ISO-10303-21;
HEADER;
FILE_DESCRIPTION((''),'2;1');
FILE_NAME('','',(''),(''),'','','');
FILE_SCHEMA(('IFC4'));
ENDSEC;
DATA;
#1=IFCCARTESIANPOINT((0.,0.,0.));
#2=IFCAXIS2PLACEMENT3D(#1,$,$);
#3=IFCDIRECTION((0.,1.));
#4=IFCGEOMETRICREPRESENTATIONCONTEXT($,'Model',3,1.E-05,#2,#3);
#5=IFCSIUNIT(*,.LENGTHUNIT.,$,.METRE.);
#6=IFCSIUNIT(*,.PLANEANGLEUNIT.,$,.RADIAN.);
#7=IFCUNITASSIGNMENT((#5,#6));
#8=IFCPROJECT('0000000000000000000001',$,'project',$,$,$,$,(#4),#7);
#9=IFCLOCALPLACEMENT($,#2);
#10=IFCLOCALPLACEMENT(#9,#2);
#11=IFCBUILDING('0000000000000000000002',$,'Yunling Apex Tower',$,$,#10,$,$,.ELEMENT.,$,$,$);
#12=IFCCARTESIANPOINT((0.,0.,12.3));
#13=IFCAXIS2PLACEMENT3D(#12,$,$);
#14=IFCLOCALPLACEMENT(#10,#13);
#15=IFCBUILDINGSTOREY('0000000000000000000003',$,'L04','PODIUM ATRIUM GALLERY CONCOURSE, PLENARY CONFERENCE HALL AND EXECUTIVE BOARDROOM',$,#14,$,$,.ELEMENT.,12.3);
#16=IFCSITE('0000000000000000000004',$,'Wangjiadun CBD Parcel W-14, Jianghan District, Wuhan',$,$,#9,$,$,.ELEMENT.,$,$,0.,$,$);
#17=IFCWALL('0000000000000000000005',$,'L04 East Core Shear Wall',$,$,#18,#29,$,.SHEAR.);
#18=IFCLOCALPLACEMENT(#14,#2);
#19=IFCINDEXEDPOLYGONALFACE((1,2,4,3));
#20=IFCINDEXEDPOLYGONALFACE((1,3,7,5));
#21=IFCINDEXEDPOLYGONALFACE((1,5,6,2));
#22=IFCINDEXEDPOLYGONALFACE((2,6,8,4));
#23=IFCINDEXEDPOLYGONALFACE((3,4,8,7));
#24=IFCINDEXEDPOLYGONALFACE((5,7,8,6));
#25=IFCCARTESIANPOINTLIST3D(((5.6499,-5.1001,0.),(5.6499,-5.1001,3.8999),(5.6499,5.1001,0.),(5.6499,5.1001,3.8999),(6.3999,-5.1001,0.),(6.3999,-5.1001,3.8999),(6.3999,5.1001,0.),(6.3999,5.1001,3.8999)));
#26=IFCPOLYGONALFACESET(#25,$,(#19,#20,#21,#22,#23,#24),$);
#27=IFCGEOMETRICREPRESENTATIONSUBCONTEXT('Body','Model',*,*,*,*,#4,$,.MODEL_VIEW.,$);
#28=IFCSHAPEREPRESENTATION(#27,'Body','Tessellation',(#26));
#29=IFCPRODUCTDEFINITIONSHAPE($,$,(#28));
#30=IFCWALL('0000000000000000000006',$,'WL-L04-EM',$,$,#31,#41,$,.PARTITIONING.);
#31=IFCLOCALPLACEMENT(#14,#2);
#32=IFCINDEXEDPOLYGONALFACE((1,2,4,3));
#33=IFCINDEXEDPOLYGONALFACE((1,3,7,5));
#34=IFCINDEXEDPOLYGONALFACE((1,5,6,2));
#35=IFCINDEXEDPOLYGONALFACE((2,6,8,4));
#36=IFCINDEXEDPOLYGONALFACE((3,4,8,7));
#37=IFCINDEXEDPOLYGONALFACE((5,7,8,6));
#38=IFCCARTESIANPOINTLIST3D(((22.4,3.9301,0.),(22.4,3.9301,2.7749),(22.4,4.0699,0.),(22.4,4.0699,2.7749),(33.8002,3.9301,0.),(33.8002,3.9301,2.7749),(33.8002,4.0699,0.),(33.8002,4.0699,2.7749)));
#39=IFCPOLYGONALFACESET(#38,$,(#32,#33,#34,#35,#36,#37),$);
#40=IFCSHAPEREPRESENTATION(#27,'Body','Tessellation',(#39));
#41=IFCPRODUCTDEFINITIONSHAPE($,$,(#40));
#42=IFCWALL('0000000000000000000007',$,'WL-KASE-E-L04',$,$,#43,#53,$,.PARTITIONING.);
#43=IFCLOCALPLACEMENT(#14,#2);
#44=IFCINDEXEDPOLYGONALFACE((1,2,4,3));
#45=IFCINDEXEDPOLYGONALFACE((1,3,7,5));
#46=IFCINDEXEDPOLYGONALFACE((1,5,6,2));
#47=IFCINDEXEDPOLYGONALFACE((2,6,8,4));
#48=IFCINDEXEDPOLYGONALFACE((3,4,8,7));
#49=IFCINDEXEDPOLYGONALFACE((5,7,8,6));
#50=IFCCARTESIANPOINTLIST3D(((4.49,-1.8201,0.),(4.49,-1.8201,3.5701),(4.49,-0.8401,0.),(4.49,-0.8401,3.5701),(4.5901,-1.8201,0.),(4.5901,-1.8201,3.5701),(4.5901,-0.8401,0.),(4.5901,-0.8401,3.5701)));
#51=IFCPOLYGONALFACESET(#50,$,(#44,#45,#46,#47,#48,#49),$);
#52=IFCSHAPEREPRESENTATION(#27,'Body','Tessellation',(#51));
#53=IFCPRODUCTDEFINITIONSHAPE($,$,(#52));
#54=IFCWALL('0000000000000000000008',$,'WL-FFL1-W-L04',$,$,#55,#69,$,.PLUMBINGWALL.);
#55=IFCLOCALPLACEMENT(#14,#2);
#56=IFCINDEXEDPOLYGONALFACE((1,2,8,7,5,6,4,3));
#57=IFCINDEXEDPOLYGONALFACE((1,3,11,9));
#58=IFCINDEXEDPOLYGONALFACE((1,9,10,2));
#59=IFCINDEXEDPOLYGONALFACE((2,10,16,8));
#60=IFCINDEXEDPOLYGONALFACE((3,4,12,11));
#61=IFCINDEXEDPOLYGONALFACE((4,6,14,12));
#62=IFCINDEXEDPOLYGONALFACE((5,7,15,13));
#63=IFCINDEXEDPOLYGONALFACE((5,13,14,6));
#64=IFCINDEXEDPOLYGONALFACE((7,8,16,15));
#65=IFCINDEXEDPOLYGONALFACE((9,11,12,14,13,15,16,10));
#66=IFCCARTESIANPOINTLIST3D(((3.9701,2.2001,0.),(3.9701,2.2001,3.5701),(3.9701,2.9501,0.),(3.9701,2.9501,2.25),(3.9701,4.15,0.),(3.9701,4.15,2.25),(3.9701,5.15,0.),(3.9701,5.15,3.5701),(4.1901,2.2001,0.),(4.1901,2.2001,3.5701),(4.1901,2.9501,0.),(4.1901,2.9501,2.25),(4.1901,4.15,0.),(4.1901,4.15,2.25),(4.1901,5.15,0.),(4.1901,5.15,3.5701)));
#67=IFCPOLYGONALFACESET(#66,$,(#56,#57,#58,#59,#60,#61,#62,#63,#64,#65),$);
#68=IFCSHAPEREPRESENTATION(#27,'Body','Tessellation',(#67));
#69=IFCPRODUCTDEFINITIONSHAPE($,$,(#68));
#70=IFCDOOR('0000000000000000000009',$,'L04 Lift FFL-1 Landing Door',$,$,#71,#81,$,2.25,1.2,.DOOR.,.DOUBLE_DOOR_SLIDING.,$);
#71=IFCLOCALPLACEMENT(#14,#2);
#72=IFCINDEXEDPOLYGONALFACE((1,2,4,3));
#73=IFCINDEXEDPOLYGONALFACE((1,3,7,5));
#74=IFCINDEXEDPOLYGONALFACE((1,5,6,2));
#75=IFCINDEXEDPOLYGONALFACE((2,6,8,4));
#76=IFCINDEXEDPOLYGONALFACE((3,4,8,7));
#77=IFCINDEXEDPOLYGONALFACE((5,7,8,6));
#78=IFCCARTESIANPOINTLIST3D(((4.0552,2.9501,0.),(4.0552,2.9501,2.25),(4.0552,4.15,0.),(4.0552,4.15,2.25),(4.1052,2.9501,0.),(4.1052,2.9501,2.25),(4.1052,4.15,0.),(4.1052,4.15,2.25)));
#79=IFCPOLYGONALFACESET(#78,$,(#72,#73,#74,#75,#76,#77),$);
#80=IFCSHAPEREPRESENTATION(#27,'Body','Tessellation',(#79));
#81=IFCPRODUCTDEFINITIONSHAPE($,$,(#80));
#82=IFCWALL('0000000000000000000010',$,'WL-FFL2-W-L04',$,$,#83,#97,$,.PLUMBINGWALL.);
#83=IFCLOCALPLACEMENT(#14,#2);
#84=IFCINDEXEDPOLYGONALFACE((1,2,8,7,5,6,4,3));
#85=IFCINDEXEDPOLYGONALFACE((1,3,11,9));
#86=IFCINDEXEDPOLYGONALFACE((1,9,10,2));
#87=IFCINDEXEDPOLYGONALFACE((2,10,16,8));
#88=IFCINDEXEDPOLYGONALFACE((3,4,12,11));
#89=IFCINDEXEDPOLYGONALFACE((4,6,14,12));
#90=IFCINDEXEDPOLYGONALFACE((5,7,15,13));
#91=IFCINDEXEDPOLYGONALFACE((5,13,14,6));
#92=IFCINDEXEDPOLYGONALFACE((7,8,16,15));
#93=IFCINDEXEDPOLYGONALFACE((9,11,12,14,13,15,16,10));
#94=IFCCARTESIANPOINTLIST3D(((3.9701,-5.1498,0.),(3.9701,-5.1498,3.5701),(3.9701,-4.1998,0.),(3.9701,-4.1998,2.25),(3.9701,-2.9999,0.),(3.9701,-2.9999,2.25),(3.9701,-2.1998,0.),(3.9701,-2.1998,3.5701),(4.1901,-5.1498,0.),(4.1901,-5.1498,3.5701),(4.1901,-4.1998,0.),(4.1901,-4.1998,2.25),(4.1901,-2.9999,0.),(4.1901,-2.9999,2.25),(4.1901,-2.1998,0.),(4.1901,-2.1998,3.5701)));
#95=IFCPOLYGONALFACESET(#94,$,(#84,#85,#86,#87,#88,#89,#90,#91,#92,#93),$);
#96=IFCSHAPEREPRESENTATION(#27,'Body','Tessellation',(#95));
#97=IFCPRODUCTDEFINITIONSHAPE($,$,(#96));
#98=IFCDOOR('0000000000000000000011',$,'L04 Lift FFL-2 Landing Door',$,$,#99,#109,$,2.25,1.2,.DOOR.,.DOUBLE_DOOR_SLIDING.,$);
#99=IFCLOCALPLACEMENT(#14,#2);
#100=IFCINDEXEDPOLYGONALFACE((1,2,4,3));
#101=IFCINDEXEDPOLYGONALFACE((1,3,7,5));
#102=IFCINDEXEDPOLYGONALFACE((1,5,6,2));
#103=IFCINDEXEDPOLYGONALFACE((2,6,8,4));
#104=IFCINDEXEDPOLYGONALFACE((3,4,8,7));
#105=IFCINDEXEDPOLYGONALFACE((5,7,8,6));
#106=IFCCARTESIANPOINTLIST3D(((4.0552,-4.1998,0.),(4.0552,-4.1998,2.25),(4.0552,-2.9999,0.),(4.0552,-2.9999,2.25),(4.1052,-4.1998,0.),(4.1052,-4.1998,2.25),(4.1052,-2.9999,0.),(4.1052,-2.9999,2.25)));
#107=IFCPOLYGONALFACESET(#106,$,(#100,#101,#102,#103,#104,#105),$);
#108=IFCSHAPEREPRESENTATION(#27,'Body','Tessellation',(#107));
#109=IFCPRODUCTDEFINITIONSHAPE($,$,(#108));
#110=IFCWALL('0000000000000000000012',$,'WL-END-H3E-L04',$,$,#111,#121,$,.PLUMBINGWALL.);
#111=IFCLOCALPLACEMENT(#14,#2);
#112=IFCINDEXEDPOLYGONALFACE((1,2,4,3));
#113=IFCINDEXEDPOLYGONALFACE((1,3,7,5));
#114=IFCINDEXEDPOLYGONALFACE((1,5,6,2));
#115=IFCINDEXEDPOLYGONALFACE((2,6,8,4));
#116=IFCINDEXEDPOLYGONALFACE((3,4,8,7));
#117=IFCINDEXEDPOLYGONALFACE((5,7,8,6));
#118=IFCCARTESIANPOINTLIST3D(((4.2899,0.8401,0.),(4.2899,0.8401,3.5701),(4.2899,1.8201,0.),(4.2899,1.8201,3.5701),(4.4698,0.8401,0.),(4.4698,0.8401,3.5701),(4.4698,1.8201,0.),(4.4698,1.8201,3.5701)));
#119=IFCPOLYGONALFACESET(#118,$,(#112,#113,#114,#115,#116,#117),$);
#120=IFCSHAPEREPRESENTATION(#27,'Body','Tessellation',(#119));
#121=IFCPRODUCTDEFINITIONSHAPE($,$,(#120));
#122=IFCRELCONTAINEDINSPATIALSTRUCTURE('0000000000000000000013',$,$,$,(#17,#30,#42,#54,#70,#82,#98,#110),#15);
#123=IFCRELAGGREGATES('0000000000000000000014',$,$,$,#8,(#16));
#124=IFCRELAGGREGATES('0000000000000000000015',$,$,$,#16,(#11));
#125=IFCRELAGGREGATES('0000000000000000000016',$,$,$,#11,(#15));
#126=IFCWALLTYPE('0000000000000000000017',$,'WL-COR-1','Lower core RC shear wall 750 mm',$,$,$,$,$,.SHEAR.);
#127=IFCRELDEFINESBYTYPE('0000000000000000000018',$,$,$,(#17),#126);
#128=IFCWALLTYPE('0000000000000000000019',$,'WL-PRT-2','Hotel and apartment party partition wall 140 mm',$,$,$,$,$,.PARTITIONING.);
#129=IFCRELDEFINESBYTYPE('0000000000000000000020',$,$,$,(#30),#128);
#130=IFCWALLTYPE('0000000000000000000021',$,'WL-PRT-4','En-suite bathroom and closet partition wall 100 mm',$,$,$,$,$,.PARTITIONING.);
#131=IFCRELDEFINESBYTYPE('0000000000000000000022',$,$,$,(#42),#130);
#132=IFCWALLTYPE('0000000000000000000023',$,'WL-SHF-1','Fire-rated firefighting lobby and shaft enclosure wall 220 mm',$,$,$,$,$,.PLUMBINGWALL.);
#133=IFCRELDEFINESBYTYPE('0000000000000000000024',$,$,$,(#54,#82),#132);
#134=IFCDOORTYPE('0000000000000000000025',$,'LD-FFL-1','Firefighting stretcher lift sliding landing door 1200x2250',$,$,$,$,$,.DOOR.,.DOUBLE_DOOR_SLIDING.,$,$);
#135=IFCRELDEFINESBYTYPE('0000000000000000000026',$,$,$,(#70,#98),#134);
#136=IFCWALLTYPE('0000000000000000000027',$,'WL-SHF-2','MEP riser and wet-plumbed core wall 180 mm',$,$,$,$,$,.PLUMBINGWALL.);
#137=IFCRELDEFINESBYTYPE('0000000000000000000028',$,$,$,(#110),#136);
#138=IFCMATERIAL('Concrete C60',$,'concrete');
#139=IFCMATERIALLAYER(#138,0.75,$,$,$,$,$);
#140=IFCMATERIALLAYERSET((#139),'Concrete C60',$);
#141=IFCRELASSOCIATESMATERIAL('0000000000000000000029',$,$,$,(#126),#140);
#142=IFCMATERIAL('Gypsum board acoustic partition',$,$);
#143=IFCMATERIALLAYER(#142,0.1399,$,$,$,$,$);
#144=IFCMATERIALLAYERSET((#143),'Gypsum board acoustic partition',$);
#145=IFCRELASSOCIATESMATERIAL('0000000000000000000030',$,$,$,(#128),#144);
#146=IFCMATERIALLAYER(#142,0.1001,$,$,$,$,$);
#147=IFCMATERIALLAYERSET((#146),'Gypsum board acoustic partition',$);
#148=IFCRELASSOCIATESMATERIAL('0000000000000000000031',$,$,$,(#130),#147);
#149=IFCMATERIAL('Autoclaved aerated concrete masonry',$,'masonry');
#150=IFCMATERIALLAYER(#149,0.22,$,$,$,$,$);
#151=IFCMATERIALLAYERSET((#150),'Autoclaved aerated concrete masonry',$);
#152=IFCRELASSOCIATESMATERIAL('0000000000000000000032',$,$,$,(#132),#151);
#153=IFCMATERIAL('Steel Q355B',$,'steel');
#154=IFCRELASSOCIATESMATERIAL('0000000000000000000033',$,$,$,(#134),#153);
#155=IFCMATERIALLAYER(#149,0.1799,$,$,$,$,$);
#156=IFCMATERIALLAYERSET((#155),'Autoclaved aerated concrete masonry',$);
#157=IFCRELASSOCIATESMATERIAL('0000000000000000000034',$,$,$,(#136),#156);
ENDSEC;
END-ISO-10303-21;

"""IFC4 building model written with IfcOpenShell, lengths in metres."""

from ifc_helpers import new_model, si_unit, direction, frame, frame_2d, origin, place, context, subcontext, project, spatial, rectangle, extrude, material, layer, layer_set, type_object, element, fill, save


model = new_model("IFC4")

# Units and contexts
model_context = context("Model", 3, precision=1e-05, world=origin(), true_north=direction((0.0, 1.0)))
body_context = subcontext(model_context, "Body", "Model", "MODEL_VIEW")
ifc_project = project(units=[si_unit("LENGTHUNIT", "METRE"), si_unit("PLANEANGLEUNIT", "RADIAN")], contexts=[model_context])

# Site, building, storey
site_placement = place(None, origin())
site = spatial("IfcSite", under=ifc_project, at=site_placement, Name="Wangjiadun CBD Parcel W-14, Jianghan District, Wuhan", CompositionType="ELEMENT", RefElevation=0.0)
building_placement = place(site_placement, origin())
building = spatial("IfcBuilding", under=site, at=building_placement, Name="Yunling Apex Tower", CompositionType="ELEMENT")
storey_placement = place(building_placement, frame((0.0, 0.0, 12.3)))
storey = spatial("IfcBuildingStorey", under=building, at=storey_placement, Name="L04", Description="PODIUM ATRIUM GALLERY CONCOURSE, PLENARY CONFERENCE HALL AND EXECUTIVE BOARDROOM", CompositionType="ELEMENT", Elevation=12.3)

# Shared definitions
ifc_material_1 = material(Name="Concrete C60", Category="concrete")

# Shared definitions
ifc_material_2 = material(Name="Steel Q355B", Category="steel")

# Walls
ifc_layer_1 = layer(ifc_material_1, 0.75)
ifc_layer_set_1 = layer_set([ifc_layer_1], Name="Concrete C60")
wall_type_1 = type_object("IfcWallType", Name="WL-COR-1", Description="Lower core RC shear wall 750 mm", PredefinedType="SHEAR", material=ifc_layer_set_1)
wall_1_placement = place(storey_placement, frame((6.0249, -5.1001, 0.0), z_axis=(0.0, 0.0, 1.0), x_axis=(0.0, 1.0, 0.0)))
element("IfcWall", 1, at=wall_1_placement, inside=storey, type_object=wall_type_1, Name="L04 East Core Shear Wall", PredefinedType="SHEAR", context=body_context, shape_type="SweptSolid", body=[
    extrude(rectangle(XDim=10.2002, YDim=0.75, at=frame_2d((5.1001, 0.0))), origin(), (0.0, 0.0, 1.0), 3.8999),
])
ifc_material_3 = material(Name="Gypsum board acoustic partition")
ifc_layer_2 = layer(ifc_material_3, 0.1399)
ifc_layer_set_2 = layer_set([ifc_layer_2], Name="Gypsum board acoustic partition")
wall_type_2 = type_object("IfcWallType", Name="WL-PRT-2", Description="Hotel and apartment party partition wall 140 mm", PredefinedType="PARTITIONING", material=ifc_layer_set_2)
wall_2_placement = place(storey_placement, frame((22.3999, 4.0, 0.0), z_axis=(0.0, 0.0, 1.0), x_axis=(1.0, 0.0, 0.0)))
element("IfcWall", 2, at=wall_2_placement, inside=storey, type_object=wall_type_2, Name="WL-L04-EM", PredefinedType="PARTITIONING", context=body_context, shape_type="SweptSolid", body=[
    extrude(rectangle(XDim=11.4001, YDim=0.1399, at=frame_2d((5.7002, 0.0))), origin(), (0.0, 0.0, 1.0), 2.7749),
])
ifc_layer_3 = layer(ifc_material_3, 0.1001)
ifc_layer_set_3 = layer_set([ifc_layer_3], Name="Gypsum board acoustic partition")
wall_type_3 = type_object("IfcWallType", Name="WL-PRT-4", Description="En-suite bathroom and closet partition wall 100 mm", PredefinedType="PARTITIONING", material=ifc_layer_set_3)
wall_3_placement = place(storey_placement, frame((4.54, -1.8201, 0.0), z_axis=(0.0, 0.0, 1.0), x_axis=(0.0, 1.0, 0.0)))
element("IfcWall", 3, at=wall_3_placement, inside=storey, type_object=wall_type_3, Name="WL-KASE-E-L04", PredefinedType="PARTITIONING", context=body_context, shape_type="SweptSolid", body=[
    extrude(rectangle(XDim=0.98, YDim=0.1001, at=frame_2d((0.49, 0.0))), origin(), (0.0, 0.0, 1.0), 3.5701),
])

# Walls, openings, doors
ifc_material_4 = material(Name="Autoclaved aerated concrete masonry", Category="masonry")
ifc_layer_4 = layer(ifc_material_4, 0.22)
ifc_layer_set_4 = layer_set([ifc_layer_4], Name="Autoclaved aerated concrete masonry")
wall_type_4 = type_object("IfcWallType", Name="WL-SHF-1", Description="Fire-rated firefighting lobby and shaft enclosure wall 220 mm", PredefinedType="PLUMBINGWALL", material=ifc_layer_set_4)
wall_4_placement = place(storey_placement, frame((4.0801, 2.2, 0.0), z_axis=(0.0, 0.0, 1.0), x_axis=(0.0, 1.0, 0.0)))
wall_4 = element("IfcWall", 4, at=wall_4_placement, inside=storey, type_object=wall_type_4, Name="WL-FFL1-W-L04", PredefinedType="PLUMBINGWALL", context=body_context, shape_type="SweptSolid", body=[
    extrude(rectangle(XDim=2.95, YDim=0.22, at=frame_2d((1.4751, 0.0))), origin(), (0.0, 0.0, 1.0), 3.5701),
])
opening_1_placement = place(wall_4_placement, frame((0.75, 0.0, 0.0)))
opening_1 = element("IfcOpeningElement", 5, at=opening_1_placement, cuts=wall_4, PredefinedType="OPENING", context=body_context, shape_type="SweptSolid", body=[
    extrude(rectangle(XDim=1.2, YDim=2.25, at=frame_2d((0.6001, 1.125))), frame((0.0, 0.1201, 0.0), z_axis=(0.0, -1.0, 0.0), x_axis=(1.0, 0.0, 0.0)), (0.0, 0.0, 1.0), 0.24),
])
door_type = type_object("IfcDoorType", Name="LD-FFL-1", Description="Firefighting stretcher lift sliding landing door 1200x2250", OperationType="DOUBLE_DOOR_SLIDING", PredefinedType="DOOR", material=ifc_material_2)
door_1_placement = place(opening_1_placement, origin())
door_1 = element("IfcDoor", 6, at=door_1_placement, inside=storey, type_object=door_type, Name="L04 Lift FFL-1 Landing Door", OperationType="DOUBLE_DOOR_SLIDING", OverallHeight=2.25, OverallWidth=1.2, PredefinedType="DOOR", context=body_context, shape_type="SweptSolid", body=[
    extrude(rectangle(XDim=1.2, YDim=2.25, at=frame_2d((0.6001, 1.125))), frame((0.0, 0.0249, 0.0), z_axis=(0.0, -1.0, 0.0), x_axis=(1.0, 0.0, 0.0)), (0.0, 0.0, 1.0), 0.05),
])
fill(opening_1, door_1)
wall_5_placement = place(storey_placement, frame((4.0801, -5.1499, 0.0), z_axis=(0.0, 0.0, 1.0), x_axis=(0.0, 1.0, 0.0)))
wall_5 = element("IfcWall", 7, at=wall_5_placement, inside=storey, type_object=wall_type_4, Name="WL-FFL2-W-L04", PredefinedType="PLUMBINGWALL", context=body_context, shape_type="SweptSolid", body=[
    extrude(rectangle(XDim=2.95, YDim=0.22, at=frame_2d((1.4751, 0.0))), origin(), (0.0, 0.0, 1.0), 3.5701),
])
opening_2_placement = place(wall_5_placement, frame((0.95, 0.0, 0.0)))
opening_2 = element("IfcOpeningElement", 8, at=opening_2_placement, cuts=wall_5, PredefinedType="OPENING", context=body_context, shape_type="SweptSolid", body=[
    extrude(rectangle(XDim=1.2, YDim=2.25, at=frame_2d((0.6001, 1.125))), frame((0.0, 0.1201, 0.0), z_axis=(0.0, -1.0, 0.0), x_axis=(1.0, 0.0, 0.0)), (0.0, 0.0, 1.0), 0.24),
])
door_2_placement = place(opening_2_placement, origin())
door_2 = element("IfcDoor", 9, at=door_2_placement, inside=storey, type_object=door_type, Name="L04 Lift FFL-2 Landing Door", OperationType="DOUBLE_DOOR_SLIDING", OverallHeight=2.25, OverallWidth=1.2, PredefinedType="DOOR", context=body_context, shape_type="SweptSolid", body=[
    extrude(rectangle(XDim=1.2, YDim=2.25, at=frame_2d((0.6001, 1.125))), frame((0.0, 0.0249, 0.0), z_axis=(0.0, -1.0, 0.0), x_axis=(1.0, 0.0, 0.0)), (0.0, 0.0, 1.0), 0.05),
])
fill(opening_2, door_2)

# Wall
ifc_layer_5 = layer(ifc_material_4, 0.1799)
ifc_layer_set_5 = layer_set([ifc_layer_5], Name="Autoclaved aerated concrete masonry")
wall_type_5 = type_object("IfcWallType", Name="WL-SHF-2", Description="MEP riser and wet-plumbed core wall 180 mm", PredefinedType="PLUMBINGWALL", material=ifc_layer_set_5)
wall_6_placement = place(storey_placement, frame((4.3799, 0.8401, 0.0), z_axis=(0.0, 0.0, 1.0), x_axis=(0.0, 1.0, 0.0)))
element("IfcWall", 10, at=wall_6_placement, inside=storey, type_object=wall_type_5, Name="WL-END-H3E-L04", PredefinedType="PLUMBINGWALL", context=body_context, shape_type="SweptSolid", body=[
    extrude(rectangle(XDim=0.98, YDim=0.1799, at=frame_2d((0.49, 0.0))), origin(), (0.0, 0.0, 1.0), 3.5701),
])

save(model, "model.ifc")
